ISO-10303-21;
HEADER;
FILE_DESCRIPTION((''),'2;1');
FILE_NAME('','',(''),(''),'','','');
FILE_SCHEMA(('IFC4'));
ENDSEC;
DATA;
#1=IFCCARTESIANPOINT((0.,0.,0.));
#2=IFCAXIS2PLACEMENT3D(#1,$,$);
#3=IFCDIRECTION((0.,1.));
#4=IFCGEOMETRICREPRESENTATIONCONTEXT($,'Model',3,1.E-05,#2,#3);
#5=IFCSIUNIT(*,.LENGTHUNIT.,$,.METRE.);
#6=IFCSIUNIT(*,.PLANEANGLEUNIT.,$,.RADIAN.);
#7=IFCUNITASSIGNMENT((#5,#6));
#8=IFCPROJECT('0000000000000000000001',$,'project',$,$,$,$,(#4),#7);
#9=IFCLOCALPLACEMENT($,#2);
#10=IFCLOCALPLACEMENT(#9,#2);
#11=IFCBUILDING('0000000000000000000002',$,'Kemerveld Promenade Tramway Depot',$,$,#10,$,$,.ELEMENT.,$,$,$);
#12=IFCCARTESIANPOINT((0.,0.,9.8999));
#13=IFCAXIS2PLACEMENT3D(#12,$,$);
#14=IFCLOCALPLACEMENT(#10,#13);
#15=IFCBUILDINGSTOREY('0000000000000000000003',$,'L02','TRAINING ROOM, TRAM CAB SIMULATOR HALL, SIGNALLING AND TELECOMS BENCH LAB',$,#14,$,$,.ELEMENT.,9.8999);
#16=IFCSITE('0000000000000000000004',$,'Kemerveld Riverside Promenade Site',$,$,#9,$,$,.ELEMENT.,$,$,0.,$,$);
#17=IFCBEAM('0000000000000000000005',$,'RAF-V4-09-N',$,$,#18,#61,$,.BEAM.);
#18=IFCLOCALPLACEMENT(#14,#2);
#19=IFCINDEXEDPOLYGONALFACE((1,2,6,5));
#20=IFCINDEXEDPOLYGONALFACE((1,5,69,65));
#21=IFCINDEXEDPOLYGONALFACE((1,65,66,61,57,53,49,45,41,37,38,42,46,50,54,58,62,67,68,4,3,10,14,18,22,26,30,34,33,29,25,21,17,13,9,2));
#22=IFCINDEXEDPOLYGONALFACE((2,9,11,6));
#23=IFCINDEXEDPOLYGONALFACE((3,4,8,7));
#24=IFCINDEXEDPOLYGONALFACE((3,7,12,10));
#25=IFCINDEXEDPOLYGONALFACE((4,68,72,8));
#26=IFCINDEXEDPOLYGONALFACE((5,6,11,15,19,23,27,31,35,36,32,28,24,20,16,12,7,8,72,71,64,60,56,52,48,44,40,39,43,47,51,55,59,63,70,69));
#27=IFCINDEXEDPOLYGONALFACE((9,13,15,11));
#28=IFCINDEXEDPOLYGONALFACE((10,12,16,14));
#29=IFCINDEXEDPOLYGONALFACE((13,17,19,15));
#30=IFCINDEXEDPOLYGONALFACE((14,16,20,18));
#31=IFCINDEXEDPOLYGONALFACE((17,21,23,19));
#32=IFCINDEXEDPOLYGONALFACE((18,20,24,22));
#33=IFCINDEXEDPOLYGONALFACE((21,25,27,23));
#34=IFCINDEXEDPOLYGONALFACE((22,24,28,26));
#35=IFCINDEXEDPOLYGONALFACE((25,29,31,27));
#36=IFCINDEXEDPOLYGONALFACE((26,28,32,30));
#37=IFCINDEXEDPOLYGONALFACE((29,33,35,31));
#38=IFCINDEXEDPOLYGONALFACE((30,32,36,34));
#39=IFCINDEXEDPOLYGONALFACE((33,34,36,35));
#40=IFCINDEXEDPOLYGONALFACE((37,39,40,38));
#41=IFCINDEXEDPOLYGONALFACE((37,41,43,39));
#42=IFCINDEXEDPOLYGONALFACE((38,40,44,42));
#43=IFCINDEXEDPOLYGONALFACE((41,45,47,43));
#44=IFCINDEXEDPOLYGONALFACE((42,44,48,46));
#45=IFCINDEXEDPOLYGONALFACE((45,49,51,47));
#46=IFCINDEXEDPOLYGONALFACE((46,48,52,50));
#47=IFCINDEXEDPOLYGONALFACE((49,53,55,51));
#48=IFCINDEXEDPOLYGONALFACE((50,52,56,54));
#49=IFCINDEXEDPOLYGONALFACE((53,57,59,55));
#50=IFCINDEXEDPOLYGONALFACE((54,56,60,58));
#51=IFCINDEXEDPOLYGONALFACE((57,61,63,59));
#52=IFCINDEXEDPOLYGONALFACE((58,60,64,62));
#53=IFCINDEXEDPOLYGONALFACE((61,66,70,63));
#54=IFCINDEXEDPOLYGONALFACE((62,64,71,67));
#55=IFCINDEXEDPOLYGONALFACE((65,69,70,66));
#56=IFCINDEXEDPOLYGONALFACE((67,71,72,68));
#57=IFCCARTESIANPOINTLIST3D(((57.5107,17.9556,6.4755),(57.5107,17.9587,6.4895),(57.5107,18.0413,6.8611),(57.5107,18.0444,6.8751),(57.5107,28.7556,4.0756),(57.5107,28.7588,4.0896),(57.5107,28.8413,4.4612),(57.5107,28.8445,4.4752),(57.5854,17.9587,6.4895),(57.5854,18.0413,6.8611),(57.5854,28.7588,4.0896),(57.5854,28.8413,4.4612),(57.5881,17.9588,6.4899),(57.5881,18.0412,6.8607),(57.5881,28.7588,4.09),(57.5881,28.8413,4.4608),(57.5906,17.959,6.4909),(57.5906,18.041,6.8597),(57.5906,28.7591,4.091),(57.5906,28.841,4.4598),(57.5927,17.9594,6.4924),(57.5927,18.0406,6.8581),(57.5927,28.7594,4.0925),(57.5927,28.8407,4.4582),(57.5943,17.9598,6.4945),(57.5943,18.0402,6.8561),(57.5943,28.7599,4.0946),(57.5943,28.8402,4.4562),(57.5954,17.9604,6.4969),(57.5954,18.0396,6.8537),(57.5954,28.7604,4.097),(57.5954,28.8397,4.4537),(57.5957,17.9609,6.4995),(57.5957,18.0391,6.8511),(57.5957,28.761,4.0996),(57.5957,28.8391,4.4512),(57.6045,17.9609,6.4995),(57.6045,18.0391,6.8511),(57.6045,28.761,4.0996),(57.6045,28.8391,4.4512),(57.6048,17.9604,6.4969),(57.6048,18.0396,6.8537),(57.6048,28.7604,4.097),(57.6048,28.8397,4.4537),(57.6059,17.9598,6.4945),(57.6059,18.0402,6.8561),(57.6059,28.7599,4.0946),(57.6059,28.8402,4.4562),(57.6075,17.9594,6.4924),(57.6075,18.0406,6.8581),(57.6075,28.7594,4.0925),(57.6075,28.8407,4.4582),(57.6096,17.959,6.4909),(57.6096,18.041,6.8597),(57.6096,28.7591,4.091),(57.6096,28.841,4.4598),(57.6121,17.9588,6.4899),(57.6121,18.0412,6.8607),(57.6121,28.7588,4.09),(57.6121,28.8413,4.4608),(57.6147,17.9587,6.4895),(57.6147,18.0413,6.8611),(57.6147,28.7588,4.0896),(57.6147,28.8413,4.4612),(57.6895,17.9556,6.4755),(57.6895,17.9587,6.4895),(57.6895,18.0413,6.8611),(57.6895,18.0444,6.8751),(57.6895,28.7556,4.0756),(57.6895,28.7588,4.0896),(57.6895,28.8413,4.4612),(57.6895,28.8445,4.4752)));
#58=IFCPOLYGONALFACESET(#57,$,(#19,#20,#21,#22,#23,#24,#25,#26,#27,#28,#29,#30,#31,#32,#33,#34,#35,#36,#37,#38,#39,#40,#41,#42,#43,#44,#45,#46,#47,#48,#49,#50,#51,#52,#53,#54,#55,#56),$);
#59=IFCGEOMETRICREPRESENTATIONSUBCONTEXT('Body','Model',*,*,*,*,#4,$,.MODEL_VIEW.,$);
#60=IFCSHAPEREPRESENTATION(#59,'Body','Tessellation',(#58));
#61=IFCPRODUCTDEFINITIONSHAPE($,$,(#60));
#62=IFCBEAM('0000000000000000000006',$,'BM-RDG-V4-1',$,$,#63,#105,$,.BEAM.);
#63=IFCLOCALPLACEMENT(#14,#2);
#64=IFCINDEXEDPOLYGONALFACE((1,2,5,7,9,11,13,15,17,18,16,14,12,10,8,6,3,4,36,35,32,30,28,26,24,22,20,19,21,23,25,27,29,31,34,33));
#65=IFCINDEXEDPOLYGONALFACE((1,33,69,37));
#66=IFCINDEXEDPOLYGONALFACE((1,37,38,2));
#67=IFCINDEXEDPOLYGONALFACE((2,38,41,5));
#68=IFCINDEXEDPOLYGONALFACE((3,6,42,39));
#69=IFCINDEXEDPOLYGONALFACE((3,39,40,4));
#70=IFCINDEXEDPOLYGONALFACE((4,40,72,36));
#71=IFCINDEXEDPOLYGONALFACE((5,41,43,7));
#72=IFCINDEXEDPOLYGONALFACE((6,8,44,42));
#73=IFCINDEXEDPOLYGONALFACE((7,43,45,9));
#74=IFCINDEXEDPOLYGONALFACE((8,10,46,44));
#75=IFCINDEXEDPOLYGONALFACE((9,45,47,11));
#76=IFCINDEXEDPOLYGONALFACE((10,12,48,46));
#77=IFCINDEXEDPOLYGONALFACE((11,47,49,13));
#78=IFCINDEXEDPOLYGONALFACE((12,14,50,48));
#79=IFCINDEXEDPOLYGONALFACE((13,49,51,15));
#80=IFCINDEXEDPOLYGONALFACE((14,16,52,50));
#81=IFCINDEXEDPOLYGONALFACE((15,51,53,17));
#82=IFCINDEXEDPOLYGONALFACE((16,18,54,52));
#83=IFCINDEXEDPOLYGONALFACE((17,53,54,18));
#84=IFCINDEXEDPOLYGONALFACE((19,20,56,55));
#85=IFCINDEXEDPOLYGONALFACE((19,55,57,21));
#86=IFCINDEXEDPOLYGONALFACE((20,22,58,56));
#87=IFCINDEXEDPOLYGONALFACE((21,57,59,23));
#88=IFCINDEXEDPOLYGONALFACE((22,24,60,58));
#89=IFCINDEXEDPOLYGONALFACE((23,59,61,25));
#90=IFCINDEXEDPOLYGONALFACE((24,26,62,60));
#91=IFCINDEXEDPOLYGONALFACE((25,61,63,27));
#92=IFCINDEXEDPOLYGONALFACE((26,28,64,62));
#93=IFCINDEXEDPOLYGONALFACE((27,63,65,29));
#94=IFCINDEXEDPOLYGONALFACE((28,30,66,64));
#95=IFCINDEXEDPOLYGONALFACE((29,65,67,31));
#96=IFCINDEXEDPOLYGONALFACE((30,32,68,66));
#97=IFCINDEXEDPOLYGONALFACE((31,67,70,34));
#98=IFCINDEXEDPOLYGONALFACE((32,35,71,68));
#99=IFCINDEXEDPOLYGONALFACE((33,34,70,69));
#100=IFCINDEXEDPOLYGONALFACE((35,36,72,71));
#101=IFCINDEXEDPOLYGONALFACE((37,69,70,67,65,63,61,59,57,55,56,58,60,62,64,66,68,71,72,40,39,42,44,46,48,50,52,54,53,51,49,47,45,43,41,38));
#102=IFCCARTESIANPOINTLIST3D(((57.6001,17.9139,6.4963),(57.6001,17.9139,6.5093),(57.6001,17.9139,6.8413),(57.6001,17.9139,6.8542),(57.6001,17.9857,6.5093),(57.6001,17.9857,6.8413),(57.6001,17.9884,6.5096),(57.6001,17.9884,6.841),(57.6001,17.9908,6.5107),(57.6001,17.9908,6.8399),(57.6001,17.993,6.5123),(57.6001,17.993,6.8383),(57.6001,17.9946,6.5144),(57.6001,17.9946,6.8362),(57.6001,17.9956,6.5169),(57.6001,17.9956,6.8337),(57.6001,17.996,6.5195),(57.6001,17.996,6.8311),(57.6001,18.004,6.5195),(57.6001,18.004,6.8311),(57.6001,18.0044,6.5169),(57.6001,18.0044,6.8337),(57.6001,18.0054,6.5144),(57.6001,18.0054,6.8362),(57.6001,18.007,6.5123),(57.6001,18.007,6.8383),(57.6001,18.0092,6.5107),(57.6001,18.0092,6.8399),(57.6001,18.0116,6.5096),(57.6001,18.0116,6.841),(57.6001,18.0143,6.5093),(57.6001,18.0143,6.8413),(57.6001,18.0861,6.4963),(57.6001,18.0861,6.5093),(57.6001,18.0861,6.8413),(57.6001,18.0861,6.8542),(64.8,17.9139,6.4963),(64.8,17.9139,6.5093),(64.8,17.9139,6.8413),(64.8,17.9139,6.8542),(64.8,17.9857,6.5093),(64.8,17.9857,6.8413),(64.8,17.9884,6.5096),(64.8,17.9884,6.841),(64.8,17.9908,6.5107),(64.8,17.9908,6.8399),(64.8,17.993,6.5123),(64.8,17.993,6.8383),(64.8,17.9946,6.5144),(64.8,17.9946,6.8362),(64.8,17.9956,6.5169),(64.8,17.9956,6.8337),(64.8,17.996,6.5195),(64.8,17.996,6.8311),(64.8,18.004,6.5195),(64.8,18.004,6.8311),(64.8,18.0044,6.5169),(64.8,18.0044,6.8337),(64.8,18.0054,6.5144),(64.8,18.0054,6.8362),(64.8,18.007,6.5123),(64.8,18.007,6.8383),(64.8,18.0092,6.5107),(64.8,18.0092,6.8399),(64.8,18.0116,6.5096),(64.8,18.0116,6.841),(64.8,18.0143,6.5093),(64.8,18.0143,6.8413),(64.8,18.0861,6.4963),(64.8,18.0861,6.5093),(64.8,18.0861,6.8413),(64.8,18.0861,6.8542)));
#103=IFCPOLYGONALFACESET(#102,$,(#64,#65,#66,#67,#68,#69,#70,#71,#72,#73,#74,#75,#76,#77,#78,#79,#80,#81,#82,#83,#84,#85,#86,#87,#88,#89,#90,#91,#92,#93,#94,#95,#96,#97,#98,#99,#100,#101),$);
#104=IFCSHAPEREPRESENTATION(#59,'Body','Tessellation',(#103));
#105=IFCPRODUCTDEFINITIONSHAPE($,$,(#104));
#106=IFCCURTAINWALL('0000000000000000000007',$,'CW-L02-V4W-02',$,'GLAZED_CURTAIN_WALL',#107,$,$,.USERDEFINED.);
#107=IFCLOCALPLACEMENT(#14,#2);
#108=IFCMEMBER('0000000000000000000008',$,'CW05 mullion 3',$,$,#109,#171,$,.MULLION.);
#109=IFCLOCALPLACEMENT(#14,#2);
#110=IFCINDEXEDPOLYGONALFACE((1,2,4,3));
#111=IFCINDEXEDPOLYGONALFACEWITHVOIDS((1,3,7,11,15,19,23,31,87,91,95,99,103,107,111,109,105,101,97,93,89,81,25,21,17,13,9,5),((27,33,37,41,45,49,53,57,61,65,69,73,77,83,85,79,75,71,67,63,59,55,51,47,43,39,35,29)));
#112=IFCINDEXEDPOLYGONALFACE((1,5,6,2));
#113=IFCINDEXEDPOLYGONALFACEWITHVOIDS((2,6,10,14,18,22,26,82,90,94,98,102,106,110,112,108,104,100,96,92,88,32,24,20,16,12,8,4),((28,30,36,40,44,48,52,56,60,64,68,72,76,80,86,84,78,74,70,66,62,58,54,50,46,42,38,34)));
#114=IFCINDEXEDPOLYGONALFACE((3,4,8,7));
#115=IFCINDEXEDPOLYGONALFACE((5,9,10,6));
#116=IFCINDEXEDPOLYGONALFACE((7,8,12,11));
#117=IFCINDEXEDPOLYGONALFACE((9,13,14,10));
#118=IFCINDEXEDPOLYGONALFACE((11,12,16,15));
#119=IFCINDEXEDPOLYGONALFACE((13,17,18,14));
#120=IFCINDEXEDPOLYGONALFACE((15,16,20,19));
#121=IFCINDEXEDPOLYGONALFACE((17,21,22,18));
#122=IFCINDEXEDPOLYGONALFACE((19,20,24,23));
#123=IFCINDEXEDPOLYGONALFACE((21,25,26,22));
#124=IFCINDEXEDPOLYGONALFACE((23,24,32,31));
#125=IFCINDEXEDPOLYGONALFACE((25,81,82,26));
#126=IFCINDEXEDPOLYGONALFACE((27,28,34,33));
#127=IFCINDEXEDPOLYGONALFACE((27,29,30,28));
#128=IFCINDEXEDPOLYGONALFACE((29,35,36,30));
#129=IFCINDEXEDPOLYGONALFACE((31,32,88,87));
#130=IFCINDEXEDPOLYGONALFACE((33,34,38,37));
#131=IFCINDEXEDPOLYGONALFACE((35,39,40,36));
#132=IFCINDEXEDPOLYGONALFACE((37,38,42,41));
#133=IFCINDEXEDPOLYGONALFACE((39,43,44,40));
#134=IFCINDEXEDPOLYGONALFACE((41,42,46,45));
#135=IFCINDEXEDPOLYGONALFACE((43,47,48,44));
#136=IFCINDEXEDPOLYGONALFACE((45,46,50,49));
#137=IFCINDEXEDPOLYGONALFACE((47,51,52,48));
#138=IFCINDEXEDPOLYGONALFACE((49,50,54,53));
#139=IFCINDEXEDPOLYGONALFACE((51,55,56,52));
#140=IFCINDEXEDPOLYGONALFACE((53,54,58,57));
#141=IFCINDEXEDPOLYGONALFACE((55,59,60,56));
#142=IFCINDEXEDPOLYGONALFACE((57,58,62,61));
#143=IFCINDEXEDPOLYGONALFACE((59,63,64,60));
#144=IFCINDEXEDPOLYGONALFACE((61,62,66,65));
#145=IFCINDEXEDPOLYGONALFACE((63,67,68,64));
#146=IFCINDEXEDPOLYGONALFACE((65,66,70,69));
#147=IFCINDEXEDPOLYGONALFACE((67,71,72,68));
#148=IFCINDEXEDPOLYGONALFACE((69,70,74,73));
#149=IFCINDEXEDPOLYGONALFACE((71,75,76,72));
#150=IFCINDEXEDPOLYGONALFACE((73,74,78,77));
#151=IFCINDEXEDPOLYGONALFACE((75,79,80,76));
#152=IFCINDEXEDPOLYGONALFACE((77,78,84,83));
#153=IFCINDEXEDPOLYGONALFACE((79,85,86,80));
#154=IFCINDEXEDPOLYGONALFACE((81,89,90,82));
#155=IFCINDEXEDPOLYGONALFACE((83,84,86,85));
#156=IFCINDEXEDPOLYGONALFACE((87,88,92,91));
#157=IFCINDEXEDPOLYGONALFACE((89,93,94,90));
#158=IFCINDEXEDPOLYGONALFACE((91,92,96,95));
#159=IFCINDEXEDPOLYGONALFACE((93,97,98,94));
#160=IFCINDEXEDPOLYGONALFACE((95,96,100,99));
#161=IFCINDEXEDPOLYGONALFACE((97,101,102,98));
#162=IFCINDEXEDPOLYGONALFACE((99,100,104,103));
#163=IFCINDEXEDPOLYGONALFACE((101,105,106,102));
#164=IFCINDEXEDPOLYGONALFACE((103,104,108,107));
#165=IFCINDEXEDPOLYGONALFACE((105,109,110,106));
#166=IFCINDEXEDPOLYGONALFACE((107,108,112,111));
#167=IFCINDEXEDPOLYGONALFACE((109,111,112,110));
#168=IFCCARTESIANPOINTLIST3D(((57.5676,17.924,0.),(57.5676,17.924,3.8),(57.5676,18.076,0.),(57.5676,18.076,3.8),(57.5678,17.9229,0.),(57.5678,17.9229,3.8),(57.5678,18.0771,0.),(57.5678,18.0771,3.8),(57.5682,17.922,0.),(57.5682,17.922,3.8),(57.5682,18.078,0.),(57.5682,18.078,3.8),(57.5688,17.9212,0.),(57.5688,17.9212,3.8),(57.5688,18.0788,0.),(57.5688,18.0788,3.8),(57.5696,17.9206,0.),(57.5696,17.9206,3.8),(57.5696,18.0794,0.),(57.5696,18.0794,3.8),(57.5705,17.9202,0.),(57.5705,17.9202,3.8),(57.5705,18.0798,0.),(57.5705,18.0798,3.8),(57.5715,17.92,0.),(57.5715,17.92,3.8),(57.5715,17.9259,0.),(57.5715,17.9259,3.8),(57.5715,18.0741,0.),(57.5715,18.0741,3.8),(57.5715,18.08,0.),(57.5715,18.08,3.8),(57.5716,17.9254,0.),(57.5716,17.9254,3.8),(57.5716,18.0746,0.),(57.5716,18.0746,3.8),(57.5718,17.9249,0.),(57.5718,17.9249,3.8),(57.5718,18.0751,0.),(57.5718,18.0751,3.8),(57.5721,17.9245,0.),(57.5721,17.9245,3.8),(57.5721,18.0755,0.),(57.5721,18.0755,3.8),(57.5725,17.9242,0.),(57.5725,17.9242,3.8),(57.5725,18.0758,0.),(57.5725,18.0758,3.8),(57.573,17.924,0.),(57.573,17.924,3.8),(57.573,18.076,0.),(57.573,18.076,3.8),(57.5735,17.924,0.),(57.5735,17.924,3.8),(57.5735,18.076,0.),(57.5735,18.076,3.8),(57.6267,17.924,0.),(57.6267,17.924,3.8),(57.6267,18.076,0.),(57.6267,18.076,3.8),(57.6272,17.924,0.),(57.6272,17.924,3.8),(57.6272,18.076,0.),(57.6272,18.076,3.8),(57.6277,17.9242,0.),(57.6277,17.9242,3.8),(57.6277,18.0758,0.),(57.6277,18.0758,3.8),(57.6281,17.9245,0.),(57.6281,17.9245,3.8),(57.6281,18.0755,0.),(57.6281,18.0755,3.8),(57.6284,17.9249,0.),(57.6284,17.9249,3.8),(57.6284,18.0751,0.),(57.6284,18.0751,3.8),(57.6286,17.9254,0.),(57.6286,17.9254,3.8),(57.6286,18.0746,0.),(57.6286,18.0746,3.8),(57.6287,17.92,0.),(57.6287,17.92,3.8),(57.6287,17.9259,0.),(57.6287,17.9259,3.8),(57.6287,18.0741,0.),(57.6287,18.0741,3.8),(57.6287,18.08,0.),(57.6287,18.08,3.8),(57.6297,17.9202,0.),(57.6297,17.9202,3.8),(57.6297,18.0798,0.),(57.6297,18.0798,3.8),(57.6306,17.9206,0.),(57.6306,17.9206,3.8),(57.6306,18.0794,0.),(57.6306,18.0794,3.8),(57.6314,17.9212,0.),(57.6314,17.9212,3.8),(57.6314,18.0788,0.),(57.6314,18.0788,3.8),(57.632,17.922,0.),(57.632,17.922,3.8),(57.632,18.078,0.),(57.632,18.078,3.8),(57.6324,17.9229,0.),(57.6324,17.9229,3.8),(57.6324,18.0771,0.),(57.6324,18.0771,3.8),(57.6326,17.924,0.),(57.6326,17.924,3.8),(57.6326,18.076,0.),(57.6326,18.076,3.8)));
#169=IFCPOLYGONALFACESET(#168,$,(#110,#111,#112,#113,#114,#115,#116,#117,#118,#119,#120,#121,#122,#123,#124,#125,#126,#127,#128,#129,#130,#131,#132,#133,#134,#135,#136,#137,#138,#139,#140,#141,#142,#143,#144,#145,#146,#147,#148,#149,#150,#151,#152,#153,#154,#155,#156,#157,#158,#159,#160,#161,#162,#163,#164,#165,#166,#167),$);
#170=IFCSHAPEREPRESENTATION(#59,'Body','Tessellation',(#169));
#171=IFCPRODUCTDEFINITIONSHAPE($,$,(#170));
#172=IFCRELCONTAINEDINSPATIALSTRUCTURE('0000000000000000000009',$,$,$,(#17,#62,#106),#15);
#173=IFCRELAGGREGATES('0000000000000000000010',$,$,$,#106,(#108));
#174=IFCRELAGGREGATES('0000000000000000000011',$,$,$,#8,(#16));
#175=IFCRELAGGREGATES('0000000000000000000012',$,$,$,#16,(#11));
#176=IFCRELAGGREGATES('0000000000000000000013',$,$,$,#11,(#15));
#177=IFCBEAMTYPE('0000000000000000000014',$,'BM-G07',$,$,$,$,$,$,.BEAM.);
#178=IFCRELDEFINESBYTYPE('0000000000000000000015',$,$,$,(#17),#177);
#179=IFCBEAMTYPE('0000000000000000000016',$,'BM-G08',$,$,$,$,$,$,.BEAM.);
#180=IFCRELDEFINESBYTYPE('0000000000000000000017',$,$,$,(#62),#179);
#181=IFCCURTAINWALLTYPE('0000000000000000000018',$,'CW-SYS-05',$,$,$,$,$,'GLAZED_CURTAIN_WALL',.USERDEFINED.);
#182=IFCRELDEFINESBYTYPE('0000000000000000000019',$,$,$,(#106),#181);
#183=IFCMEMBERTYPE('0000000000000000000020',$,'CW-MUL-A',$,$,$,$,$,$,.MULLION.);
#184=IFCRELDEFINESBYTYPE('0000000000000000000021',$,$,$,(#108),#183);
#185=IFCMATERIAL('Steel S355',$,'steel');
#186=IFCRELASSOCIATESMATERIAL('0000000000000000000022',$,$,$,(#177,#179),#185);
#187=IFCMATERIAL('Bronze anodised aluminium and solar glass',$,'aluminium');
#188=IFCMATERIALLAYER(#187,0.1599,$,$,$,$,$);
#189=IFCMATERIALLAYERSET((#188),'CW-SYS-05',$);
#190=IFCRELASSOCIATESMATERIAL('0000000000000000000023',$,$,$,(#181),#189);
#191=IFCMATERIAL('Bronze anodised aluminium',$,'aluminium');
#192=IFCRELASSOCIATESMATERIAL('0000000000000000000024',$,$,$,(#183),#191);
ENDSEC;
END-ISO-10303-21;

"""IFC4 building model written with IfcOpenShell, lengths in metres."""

from ifc_helpers import new_model, si_unit, direction, frame, origin, origin_2d, place, context, subcontext, project, spatial, hollow_rectangle, i_section, extrude, material, layer, layer_set, material_profile, profile_set, type_object, element, aggregate, save


model = new_model("IFC4")

# Units and contexts
model_context = context("Model", 3, precision=1e-05, world=origin(), true_north=direction((0.0, 1.0)))
body_context = subcontext(model_context, "Body", "Model", "MODEL_VIEW")
ifc_project = project(units=[si_unit("LENGTHUNIT", "METRE"), si_unit("PLANEANGLEUNIT", "RADIAN")], contexts=[model_context])

# Site, building, storey
site_placement = place(None, origin())
site = spatial("IfcSite", under=ifc_project, at=site_placement, Name="Kemerveld Riverside Promenade Site", CompositionType="ELEMENT", RefElevation=0.0)
building_placement = place(site_placement, origin())
building = spatial("IfcBuilding", under=site, at=building_placement, Name="Kemerveld Promenade Tramway Depot", CompositionType="ELEMENT")
storey_placement = place(building_placement, frame((0.0, 0.0, 9.8999)))
storey = spatial("IfcBuildingStorey", under=building, at=storey_placement, Name="L02", Description="TRAINING ROOM, TRAM CAB SIMULATOR HALL, SIGNALLING AND TELECOMS BENCH LAB", CompositionType="ELEMENT", Elevation=9.8999)

# Beams
ifc_material_1 = material(Name="Steel S355", Category="steel")
ifc_material_profile_1 = material_profile(ifc_material_1, i_section(OverallWidth=0.1787, OverallDepth=0.4094, WebThickness=0.0088, FlangeThickness=0.0144, FilletRadius=0.0103, at=origin_2d()), Name="406x178x67 UB")
ifc_profile_set_1 = profile_set([ifc_material_profile_1], Name="Steel S355")
beam_type_1 = type_object("IfcBeamType", Name="BM-G07", PredefinedType="BEAM", material=ifc_profile_set_1)
beam_1_placement = place(storey_placement, frame((57.6001, 18.0, 6.6753), z_axis=(0.0, 0.976189, -0.216921), x_axis=(-1.0, 0.0, 0.0)))
element("IfcBeam", 1, at=beam_1_placement, inside=storey, type_object=beam_type_1, Name="RAF-V4-09-N", PredefinedType="BEAM", context=body_context, shape_type="SweptSolid", body=[
    extrude(i_section(OverallWidth=0.1787, OverallDepth=0.4094, WebThickness=0.0088, FlangeThickness=0.0144, FilletRadius=0.0103, at=origin_2d()), origin(), (0.0, 0.0, 1.0), 11.0635),
])
ifc_material_profile_2 = material_profile(ifc_material_1, i_section(OverallWidth=0.1721, OverallDepth=0.3579, WebThickness=0.0081, FlangeThickness=0.0129, FilletRadius=0.0103, at=origin_2d()), Name="356x171x57 UB")
ifc_profile_set_2 = profile_set([ifc_material_profile_2], Name="Steel S355")
beam_type_2 = type_object("IfcBeamType", Name="BM-G08", PredefinedType="BEAM", material=ifc_profile_set_2)
beam_2_placement = place(storey_placement, frame((57.6001, 18.0, 6.6753), z_axis=(1.0, 0.0, 0.0), x_axis=(0.0, 1.0, 0.0)))
element("IfcBeam", 2, at=beam_2_placement, inside=storey, type_object=beam_type_2, Name="BM-RDG-V4-1", PredefinedType="BEAM", context=body_context, shape_type="SweptSolid", body=[
    extrude(i_section(OverallWidth=0.1721, OverallDepth=0.3579, WebThickness=0.0081, FlangeThickness=0.0129, FilletRadius=0.0103, at=origin_2d()), origin(), (0.0, 0.0, 1.0), 7.2),
])

# Curtain wall, member
ifc_material_2 = material(Name="Bronze anodised aluminium and solar glass", Category="aluminium")
ifc_layer_1 = layer(ifc_material_2, 0.1599)
ifc_layer_set_1 = layer_set([ifc_layer_1], Name="CW-SYS-05")
curtain_wall_type = type_object("IfcCurtainWallType", Name="CW-SYS-05", ElementType="GLAZED_CURTAIN_WALL", PredefinedType="USERDEFINED", material=ifc_layer_set_1)
curtain_wall_placement = place(storey_placement, origin())
curtain_wall = element("IfcCurtainWall", 3, at=curtain_wall_placement, inside=storey, type_object=curtain_wall_type, Name="CW-L02-V4W-02", ObjectType="GLAZED_CURTAIN_WALL", PredefinedType="USERDEFINED")
ifc_material_3 = material(Name="Bronze anodised aluminium", Category="aluminium")
ifc_material_profile_3 = material_profile(ifc_material_3, hollow_rectangle(XDim=0.0649, YDim=0.1599, WallThickness=0.0039, InnerFilletRadius=0.002, OuterFilletRadius=0.0039, at=origin_2d()), Name="CW-MUL-160x65")
ifc_profile_set_3 = profile_set([ifc_material_profile_3], Name="Bronze anodised aluminium")
member_type_1 = type_object("IfcMemberType", Name="CW-MUL-A", PredefinedType="MULLION", material=ifc_profile_set_3)
member_1_placement = place(storey_placement, frame((57.6001, 18.0, 0.0), z_axis=(0.0, 0.0, 1.0), x_axis=(-1.0, 0.0, 0.0)))
member_1 = element("IfcMember", 4, at=member_1_placement, type_object=member_type_1, Name="CW05 mullion 3", PredefinedType="MULLION", context=body_context, shape_type="SweptSolid", body=[
    extrude(hollow_rectangle(XDim=0.0649, YDim=0.1599, WallThickness=0.0039, InnerFilletRadius=0.002, OuterFilletRadius=0.0039, at=origin_2d()), origin(), (0.0, 0.0, 1.0), 3.8),
])

aggregate(curtain_wall, [member_1])

save(model, "model.ifc")
